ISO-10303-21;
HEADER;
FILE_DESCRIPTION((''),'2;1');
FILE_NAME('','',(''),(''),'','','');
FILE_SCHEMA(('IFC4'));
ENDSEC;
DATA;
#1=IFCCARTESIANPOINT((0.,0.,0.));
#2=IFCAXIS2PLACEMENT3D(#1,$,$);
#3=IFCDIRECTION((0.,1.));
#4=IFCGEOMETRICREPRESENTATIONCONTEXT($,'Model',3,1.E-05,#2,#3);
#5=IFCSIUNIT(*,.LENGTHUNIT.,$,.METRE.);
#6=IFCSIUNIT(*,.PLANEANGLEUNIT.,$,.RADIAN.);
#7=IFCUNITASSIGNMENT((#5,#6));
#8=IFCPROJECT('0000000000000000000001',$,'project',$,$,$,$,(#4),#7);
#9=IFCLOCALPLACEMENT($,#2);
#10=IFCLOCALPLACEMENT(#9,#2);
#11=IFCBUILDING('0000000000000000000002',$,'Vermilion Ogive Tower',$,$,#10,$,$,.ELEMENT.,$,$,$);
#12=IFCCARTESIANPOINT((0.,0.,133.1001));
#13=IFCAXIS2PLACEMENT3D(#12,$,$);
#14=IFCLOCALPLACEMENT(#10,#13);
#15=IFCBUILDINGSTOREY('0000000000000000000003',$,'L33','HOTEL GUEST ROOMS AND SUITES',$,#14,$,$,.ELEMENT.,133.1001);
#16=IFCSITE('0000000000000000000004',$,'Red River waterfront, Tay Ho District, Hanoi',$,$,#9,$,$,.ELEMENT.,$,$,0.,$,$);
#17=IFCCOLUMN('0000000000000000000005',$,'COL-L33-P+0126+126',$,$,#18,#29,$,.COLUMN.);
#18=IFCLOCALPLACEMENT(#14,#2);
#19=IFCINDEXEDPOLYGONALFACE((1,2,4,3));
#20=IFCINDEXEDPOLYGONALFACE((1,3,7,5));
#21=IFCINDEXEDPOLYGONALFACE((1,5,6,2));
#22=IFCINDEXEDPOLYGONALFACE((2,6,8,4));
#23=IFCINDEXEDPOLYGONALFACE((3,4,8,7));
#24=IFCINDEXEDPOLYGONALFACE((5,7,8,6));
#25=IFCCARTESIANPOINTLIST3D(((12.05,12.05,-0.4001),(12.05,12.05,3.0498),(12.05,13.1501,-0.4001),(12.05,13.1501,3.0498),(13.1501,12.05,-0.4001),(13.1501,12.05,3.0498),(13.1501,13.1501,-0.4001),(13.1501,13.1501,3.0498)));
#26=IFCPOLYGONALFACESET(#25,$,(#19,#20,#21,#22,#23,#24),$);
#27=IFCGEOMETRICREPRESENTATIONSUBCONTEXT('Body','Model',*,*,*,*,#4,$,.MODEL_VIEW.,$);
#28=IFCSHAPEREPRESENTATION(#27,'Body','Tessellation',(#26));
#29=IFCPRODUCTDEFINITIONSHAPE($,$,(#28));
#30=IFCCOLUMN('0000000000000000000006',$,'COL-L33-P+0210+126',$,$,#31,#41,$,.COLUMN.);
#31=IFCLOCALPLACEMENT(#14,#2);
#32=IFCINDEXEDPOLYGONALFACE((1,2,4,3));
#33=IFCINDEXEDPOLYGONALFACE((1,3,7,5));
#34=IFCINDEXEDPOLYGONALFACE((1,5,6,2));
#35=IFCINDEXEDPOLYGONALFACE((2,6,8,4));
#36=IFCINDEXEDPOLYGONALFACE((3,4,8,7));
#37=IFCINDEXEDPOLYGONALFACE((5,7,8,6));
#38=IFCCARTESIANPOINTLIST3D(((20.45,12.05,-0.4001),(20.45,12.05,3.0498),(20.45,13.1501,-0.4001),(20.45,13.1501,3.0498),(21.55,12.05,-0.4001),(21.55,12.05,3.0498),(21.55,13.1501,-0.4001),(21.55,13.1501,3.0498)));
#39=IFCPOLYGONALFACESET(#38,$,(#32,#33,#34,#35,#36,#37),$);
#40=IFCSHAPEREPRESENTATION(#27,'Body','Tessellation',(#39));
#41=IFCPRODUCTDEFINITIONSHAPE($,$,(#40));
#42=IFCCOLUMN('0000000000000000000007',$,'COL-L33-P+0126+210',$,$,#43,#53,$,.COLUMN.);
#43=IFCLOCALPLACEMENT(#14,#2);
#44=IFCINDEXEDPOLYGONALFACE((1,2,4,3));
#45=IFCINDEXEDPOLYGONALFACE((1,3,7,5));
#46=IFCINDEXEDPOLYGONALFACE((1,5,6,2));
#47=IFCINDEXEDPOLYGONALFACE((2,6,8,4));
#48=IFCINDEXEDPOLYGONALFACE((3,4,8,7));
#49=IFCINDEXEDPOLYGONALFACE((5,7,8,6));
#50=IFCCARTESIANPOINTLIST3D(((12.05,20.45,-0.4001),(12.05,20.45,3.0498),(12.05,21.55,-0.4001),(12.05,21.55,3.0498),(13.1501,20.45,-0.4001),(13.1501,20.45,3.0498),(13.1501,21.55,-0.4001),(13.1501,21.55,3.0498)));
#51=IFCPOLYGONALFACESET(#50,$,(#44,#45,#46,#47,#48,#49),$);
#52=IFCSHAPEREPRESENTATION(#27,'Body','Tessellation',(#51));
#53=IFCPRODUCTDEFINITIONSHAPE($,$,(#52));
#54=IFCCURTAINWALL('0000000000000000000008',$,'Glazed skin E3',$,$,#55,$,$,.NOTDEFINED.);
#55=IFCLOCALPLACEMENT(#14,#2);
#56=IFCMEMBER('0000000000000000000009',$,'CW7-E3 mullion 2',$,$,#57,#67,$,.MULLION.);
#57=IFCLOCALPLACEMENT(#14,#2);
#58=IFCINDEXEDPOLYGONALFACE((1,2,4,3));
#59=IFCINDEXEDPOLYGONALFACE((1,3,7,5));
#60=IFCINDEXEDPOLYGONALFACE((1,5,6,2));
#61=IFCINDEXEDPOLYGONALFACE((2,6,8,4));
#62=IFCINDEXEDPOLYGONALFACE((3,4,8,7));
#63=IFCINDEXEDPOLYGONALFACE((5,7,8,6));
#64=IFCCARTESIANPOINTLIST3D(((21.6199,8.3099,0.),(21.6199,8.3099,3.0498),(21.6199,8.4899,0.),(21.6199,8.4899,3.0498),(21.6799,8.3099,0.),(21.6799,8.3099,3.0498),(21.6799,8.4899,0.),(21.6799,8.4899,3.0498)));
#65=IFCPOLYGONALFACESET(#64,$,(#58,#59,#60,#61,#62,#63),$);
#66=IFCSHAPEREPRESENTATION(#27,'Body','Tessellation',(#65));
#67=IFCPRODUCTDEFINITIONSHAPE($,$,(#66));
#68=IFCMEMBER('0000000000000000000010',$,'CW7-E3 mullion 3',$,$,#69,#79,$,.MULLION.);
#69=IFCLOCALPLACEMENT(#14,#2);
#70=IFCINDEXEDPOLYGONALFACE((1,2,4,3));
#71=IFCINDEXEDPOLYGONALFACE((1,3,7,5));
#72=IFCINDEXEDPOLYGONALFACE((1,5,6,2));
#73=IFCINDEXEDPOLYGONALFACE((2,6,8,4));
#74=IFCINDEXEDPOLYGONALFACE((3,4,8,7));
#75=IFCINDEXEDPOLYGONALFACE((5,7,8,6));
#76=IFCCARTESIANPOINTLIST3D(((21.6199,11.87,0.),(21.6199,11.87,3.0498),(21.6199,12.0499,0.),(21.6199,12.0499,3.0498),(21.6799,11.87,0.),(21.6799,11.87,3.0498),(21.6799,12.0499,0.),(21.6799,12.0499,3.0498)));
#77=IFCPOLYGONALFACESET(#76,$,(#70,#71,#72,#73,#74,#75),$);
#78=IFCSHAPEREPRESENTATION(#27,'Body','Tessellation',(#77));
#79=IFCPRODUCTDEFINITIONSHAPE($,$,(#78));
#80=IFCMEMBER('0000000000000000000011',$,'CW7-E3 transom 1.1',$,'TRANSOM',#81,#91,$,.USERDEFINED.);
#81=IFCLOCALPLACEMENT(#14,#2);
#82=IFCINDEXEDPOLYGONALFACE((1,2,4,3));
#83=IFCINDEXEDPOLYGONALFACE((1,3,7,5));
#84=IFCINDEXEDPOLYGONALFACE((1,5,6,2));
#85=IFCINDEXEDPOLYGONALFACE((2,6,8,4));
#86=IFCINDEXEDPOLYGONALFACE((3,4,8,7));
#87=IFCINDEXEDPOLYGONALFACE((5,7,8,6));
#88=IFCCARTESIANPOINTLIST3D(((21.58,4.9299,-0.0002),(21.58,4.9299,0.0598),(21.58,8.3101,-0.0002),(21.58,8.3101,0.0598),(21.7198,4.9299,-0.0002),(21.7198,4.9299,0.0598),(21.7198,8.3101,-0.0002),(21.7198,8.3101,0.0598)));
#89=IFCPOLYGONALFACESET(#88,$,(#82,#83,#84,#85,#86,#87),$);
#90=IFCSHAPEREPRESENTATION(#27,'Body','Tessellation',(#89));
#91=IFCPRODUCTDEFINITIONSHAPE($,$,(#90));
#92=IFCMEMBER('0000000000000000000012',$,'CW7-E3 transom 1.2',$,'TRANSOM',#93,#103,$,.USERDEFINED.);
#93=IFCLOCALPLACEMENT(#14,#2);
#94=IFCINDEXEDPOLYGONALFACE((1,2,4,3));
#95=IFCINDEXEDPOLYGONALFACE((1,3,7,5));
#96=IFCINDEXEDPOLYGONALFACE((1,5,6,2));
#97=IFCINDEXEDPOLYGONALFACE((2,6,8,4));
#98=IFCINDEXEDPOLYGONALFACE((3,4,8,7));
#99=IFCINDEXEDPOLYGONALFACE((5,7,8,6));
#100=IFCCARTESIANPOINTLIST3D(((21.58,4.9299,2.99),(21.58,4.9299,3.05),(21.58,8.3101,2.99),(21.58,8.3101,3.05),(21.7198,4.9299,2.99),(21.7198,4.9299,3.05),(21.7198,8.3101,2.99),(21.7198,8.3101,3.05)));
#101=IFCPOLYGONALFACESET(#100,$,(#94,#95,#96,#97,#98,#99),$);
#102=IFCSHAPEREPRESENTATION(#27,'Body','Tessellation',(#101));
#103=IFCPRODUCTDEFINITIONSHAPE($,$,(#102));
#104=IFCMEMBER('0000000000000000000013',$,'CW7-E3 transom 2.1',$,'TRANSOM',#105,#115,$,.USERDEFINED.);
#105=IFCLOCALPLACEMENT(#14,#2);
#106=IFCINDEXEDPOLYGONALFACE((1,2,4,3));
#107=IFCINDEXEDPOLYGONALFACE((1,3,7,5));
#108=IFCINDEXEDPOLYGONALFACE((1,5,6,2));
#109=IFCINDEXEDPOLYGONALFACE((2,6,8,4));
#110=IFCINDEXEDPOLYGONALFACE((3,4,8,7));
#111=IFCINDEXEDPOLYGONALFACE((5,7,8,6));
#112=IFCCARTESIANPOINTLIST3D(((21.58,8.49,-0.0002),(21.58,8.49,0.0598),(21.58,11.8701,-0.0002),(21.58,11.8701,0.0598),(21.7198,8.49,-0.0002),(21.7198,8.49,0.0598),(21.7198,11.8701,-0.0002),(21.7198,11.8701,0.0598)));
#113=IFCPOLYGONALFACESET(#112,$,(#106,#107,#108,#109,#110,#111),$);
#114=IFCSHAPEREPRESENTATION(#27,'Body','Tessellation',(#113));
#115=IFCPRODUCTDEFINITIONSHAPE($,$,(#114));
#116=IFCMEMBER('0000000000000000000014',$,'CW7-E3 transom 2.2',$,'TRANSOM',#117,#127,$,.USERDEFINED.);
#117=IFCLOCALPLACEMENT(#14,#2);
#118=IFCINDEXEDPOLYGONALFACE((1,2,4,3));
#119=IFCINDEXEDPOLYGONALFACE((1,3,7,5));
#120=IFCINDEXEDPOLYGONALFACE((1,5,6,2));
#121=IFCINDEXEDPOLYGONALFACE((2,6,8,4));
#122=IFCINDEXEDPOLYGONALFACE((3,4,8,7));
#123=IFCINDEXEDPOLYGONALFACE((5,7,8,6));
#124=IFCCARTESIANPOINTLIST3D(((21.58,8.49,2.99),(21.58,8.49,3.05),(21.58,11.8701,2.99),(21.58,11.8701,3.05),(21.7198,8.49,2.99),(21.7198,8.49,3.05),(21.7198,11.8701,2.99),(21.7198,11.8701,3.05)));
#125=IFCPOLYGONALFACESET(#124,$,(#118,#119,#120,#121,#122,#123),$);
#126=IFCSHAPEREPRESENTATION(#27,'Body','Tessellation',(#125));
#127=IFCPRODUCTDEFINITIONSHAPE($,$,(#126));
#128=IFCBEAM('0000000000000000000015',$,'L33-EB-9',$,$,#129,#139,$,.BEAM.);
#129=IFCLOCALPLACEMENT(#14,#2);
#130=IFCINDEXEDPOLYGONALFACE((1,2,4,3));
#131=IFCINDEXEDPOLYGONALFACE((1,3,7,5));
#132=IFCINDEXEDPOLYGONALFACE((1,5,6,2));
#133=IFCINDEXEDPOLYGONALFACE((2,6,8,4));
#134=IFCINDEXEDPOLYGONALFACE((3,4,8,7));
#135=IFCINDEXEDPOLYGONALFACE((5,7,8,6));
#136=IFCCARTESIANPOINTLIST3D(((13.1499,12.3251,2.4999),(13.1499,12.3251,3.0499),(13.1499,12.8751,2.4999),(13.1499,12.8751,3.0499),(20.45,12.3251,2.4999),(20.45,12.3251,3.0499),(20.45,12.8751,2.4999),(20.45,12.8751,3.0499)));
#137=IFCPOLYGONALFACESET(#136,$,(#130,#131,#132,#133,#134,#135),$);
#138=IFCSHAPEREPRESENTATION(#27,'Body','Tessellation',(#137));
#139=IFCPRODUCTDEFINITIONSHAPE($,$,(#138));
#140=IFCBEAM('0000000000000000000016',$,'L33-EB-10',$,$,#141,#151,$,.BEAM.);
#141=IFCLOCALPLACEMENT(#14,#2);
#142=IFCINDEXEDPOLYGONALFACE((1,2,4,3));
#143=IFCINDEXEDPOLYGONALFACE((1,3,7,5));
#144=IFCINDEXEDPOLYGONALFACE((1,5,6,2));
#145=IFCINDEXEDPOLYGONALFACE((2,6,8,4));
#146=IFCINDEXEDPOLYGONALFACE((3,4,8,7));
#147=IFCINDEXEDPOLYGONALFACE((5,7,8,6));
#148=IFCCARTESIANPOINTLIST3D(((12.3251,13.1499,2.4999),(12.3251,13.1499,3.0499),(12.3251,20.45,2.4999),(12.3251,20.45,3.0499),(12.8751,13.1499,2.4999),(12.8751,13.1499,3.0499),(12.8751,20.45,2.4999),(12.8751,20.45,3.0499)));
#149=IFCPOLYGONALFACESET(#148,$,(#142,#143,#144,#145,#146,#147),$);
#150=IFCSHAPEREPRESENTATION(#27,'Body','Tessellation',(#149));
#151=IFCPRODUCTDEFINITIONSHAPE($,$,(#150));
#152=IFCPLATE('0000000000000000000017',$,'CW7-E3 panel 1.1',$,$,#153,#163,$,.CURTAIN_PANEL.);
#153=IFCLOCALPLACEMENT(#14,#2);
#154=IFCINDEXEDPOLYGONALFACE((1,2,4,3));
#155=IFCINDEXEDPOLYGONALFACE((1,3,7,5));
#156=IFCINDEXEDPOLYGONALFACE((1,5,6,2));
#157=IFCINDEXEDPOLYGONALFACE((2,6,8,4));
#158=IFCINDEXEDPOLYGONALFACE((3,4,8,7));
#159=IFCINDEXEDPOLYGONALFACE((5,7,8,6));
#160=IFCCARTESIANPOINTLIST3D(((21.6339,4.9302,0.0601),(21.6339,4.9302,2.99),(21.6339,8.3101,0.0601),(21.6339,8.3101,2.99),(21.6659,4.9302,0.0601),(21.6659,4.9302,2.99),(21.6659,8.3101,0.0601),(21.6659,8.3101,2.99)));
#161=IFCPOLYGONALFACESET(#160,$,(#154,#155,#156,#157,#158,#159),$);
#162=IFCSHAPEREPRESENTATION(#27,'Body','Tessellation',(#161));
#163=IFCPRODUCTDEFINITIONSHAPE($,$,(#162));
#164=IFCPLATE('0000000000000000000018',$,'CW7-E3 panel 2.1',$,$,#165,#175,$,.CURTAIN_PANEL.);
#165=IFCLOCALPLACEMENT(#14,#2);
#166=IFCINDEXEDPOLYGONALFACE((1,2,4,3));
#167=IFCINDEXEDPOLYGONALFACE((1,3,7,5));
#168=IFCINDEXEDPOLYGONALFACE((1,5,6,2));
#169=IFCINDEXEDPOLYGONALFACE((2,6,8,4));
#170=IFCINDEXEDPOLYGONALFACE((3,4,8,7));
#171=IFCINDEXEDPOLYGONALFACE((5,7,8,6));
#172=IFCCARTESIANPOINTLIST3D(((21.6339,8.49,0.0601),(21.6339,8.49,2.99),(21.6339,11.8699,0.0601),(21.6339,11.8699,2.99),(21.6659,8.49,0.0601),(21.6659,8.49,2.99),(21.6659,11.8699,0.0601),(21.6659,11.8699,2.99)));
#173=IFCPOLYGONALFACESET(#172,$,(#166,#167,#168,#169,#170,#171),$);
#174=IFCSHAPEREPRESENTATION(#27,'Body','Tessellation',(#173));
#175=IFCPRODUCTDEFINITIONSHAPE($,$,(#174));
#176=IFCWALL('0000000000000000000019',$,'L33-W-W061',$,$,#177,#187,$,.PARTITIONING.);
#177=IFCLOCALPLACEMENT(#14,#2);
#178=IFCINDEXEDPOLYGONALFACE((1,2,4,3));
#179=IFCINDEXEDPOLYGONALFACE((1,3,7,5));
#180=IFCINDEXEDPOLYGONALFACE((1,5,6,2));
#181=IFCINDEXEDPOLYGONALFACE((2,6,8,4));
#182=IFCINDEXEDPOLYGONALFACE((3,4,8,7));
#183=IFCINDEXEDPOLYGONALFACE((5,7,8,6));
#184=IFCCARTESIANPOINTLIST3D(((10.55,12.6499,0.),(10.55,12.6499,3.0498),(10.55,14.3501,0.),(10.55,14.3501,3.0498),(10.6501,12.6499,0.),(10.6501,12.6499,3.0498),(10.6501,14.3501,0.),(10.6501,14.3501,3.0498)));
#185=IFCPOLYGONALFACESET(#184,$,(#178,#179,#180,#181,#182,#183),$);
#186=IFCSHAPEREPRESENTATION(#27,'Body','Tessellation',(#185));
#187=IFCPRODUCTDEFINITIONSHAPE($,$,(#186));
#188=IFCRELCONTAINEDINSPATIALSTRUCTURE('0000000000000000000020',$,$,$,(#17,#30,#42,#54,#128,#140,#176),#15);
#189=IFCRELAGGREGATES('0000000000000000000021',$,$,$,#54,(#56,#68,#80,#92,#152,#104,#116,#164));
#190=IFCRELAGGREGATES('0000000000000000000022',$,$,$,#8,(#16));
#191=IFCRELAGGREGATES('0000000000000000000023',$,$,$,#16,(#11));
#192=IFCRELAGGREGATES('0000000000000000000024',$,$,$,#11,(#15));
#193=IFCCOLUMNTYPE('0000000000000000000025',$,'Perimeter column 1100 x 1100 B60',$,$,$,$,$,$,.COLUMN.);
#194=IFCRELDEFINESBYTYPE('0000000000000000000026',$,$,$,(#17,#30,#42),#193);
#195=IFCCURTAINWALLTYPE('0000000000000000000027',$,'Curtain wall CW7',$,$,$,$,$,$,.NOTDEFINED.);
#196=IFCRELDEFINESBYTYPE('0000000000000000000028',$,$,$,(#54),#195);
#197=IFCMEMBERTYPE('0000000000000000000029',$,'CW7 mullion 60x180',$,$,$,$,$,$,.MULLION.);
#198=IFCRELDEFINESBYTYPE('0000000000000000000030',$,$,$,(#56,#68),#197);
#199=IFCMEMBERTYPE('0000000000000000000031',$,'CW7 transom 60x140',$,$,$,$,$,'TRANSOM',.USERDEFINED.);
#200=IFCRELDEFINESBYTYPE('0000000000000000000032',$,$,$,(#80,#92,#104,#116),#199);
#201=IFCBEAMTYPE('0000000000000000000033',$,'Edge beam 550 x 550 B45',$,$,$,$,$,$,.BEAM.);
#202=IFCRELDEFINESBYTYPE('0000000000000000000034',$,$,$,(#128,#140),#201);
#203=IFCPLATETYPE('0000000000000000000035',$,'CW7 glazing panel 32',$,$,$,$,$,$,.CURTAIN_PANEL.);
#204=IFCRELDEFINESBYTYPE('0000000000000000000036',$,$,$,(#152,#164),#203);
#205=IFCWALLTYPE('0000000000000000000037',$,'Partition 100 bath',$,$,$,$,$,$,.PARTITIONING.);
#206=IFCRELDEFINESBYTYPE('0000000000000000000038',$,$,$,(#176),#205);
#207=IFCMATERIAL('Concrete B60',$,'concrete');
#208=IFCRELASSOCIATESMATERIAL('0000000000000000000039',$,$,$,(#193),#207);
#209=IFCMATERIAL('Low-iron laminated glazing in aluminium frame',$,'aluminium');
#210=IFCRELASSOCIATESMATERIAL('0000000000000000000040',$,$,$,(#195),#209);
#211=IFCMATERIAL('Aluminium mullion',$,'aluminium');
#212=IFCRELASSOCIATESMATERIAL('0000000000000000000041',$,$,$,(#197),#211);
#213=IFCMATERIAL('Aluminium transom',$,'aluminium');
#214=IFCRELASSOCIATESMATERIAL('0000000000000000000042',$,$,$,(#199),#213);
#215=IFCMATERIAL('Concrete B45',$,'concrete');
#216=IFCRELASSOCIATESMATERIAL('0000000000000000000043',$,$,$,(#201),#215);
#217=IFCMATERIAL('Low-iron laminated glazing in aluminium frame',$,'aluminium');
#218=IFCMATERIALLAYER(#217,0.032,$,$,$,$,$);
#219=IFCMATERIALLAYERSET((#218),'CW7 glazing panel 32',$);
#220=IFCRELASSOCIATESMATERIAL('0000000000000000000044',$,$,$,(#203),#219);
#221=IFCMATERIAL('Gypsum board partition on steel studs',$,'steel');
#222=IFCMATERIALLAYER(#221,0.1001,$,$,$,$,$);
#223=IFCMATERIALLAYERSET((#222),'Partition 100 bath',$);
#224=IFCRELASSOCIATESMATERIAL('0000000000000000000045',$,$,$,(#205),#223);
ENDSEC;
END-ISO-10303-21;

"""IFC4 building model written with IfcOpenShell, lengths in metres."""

from ifc_helpers import new_model, si_unit, direction, frame, frame_2d, origin, origin_2d, place, context, subcontext, project, spatial, rectangle, extrude, material, layer, layer_set, material_profile, profile_set, type_object, element, aggregate, save


model = new_model("IFC4")

# Units and contexts
model_context = context("Model", 3, precision=1e-05, world=origin(), true_north=direction((0.0, 1.0)))
body_context = subcontext(model_context, "Body", "Model", "MODEL_VIEW")
ifc_project = project(units=[si_unit("LENGTHUNIT", "METRE"), si_unit("PLANEANGLEUNIT", "RADIAN")], contexts=[model_context])

# Site, building, storey
site_placement = place(None, origin())
site = spatial("IfcSite", under=ifc_project, at=site_placement, Name="Red River waterfront, Tay Ho District, Hanoi", CompositionType="ELEMENT", RefElevation=0.0)
building_placement = place(site_placement, origin())
building = spatial("IfcBuilding", under=site, at=building_placement, Name="Vermilion Ogive Tower", CompositionType="ELEMENT")
storey_placement = place(building_placement, frame((0.0, 0.0, 133.1001)))
storey = spatial("IfcBuildingStorey", under=building, at=storey_placement, Name="L33", Description="HOTEL GUEST ROOMS AND SUITES", CompositionType="ELEMENT", Elevation=133.1001)

# Columns
ifc_material_1 = material(Name="Concrete B60", Category="concrete")
ifc_material_profile_1 = material_profile(ifc_material_1, rectangle(XDim=1.1001, YDim=1.1001, at=origin_2d()), Name="1100 x 1100")
ifc_profile_set_1 = profile_set([ifc_material_profile_1], Name="Concrete B60")
column_type = type_object("IfcColumnType", Name="Perimeter column 1100 x 1100 B60", PredefinedType="COLUMN", material=ifc_profile_set_1)
for number, where, z_axis, x_axis, name in (
    (1, (12.6001, 12.6001, -0.4001), (0.0, 0.0, 1.0), (1.0, 0.0, 0.0), "COL-L33-P+0126+126"),
    (2, (21.0, 12.6001, -0.4001), (0.0, 0.0, 1.0), (1.0, 0.0, 0.0), "COL-L33-P+0210+126"),
    (3, (12.6001, 21.0, -0.4001), (0.0, 0.0, 1.0), (1.0, 0.0, 0.0), "COL-L33-P+0126+210"),
):
    element("IfcColumn", number, at=place(storey_placement, frame(where, z_axis=z_axis, x_axis=x_axis)), inside=storey, type_object=column_type, Name=name, PredefinedType="COLUMN", context=body_context, shape_type="SweptSolid", body=[
        extrude(rectangle(XDim=1.1001, YDim=1.1001, at=origin_2d()), origin(), (0.0, 0.0, 1.0), 3.45),
    ])

# Curtain wall, members
ifc_material_2 = material(Name="Low-iron laminated glazing in aluminium frame", Category="aluminium")
curtain_wall_type = type_object("IfcCurtainWallType", Name="Curtain wall CW7", PredefinedType="NOTDEFINED", material=ifc_material_2)
curtain_wall_placement = place(storey_placement, origin())
curtain_wall = element("IfcCurtainWall", 4, at=curtain_wall_placement, inside=storey, type_object=curtain_wall_type, Name="Glazed skin E3", PredefinedType="NOTDEFINED")
ifc_material_3 = material(Name="Aluminium mullion", Category="aluminium")
ifc_material_profile_2 = material_profile(ifc_material_3, rectangle(XDim=0.0601, YDim=0.1799, at=origin_2d()), Name="AL 60x180")
ifc_profile_set_2 = profile_set([ifc_material_profile_2], Name="Aluminium mullion")
member_type_1 = type_object("IfcMemberType", Name="CW7 mullion 60x180", PredefinedType="MULLION", material=ifc_profile_set_2)
member_1_placement = place(storey_placement, frame((21.6499, 8.3999, 0.0), z_axis=(0.0, 0.0, 1.0), x_axis=(-1.0, 0.0, 0.0)))
member_1 = element("IfcMember", 5, at=member_1_placement, type_object=member_type_1, Name="CW7-E3 mullion 2", PredefinedType="MULLION", context=body_context, shape_type="SweptSolid", body=[
    extrude(rectangle(XDim=0.0601, YDim=0.1799, at=origin_2d()), origin(), (0.0, 0.0, 1.0), 3.0498),
])
member_2_placement = place(storey_placement, frame((21.6499, 11.96, 0.0), z_axis=(0.0, 0.0, 1.0), x_axis=(-1.0, 0.0, 0.0)))
member_2 = element("IfcMember", 6, at=member_2_placement, type_object=member_type_1, Name="CW7-E3 mullion 3", PredefinedType="MULLION", context=body_context, shape_type="SweptSolid", body=[
    extrude(rectangle(XDim=0.0601, YDim=0.1799, at=origin_2d()), origin(), (0.0, 0.0, 1.0), 3.0498),
])
ifc_material_4 = material(Name="Aluminium transom", Category="aluminium")
ifc_material_profile_3 = material_profile(ifc_material_4, rectangle(XDim=0.1399, YDim=0.0601, at=origin_2d()), Name="AL 60x140")
ifc_profile_set_3 = profile_set([ifc_material_profile_3], Name="Aluminium transom")
member_type_2 = type_object("IfcMemberType", Name="CW7 transom 60x140", ElementType="TRANSOM", PredefinedType="USERDEFINED", material=ifc_profile_set_3)
member_3_placement = place(storey_placement, frame((21.6499, 4.9299, 0.0298), z_axis=(0.0, 1.0, 0.0), x_axis=(-1.0, 0.0, 0.0)))
member_3 = element("IfcMember", 7, at=member_3_placement, type_object=member_type_2, Name="CW7-E3 transom 1.1", ObjectType="TRANSOM", PredefinedType="USERDEFINED", context=body_context, shape_type="SweptSolid", body=[
    extrude(rectangle(XDim=0.1399, YDim=0.0601, at=origin_2d()), origin(), (0.0, 0.0, 1.0), 3.3801),
])
member_4_placement = place(storey_placement, frame((21.6499, 4.9299, 3.02), z_axis=(0.0, 1.0, 0.0), x_axis=(-1.0, 0.0, 0.0)))
member_4 = element("IfcMember", 8, at=member_4_placement, type_object=member_type_2, Name="CW7-E3 transom 1.2", ObjectType="TRANSOM", PredefinedType="USERDEFINED", context=body_context, shape_type="SweptSolid", body=[
    extrude(rectangle(XDim=0.1399, YDim=0.0601, at=origin_2d()), origin(), (0.0, 0.0, 1.0), 3.3801),
])
member_5_placement = place(storey_placement, frame((21.6499, 8.49, 0.0298), z_axis=(0.0, 1.0, 0.0), x_axis=(-1.0, 0.0, 0.0)))
member_5 = element("IfcMember", 9, at=member_5_placement, type_object=member_type_2, Name="CW7-E3 transom 2.1", ObjectType="TRANSOM", PredefinedType="USERDEFINED", context=body_context, shape_type="SweptSolid", body=[
    extrude(rectangle(XDim=0.1399, YDim=0.0601, at=origin_2d()), origin(), (0.0, 0.0, 1.0), 3.3801),
])
member_6_placement = place(storey_placement, frame((21.6499, 8.49, 3.02), z_axis=(0.0, 1.0, 0.0), x_axis=(-1.0, 0.0, 0.0)))
member_6 = element("IfcMember", 10, at=member_6_placement, type_object=member_type_2, Name="CW7-E3 transom 2.2", ObjectType="TRANSOM", PredefinedType="USERDEFINED", context=body_context, shape_type="SweptSolid", body=[
    extrude(rectangle(XDim=0.1399, YDim=0.0601, at=origin_2d()), origin(), (0.0, 0.0, 1.0), 3.3801),
])

# Beams
ifc_material_5 = material(Name="Concrete B45", Category="concrete")
ifc_material_profile_4 = material_profile(ifc_material_5, rectangle(XDim=0.55, YDim=0.55, at=origin_2d()), Name="550 x 550")
ifc_profile_set_4 = profile_set([ifc_material_profile_4], Name="Concrete B45")
beam_type = type_object("IfcBeamType", Name="Edge beam 550 x 550 B45", PredefinedType="BEAM", material=ifc_profile_set_4)
for number, where, z_axis, x_axis, name in (
    (11, (20.45, 12.6001, 2.7749), (-1.0, 0.0, 0.0), (0.0, -1.0, 0.0), "L33-EB-9"),
    (12, (12.6001, 13.1499, 2.7749), (0.0, 1.0, 0.0), (-1.0, 0.0, 0.0), "L33-EB-10"),
):
    element("IfcBeam", number, at=place(storey_placement, frame(where, z_axis=z_axis, x_axis=x_axis)), inside=storey, type_object=beam_type, Name=name, PredefinedType="BEAM", context=body_context, shape_type="SweptSolid", body=[
        extrude(rectangle(XDim=0.55, YDim=0.55, at=origin_2d()), origin(), (0.0, 0.0, 1.0), 7.3),
    ])

# Plates
ifc_material_6 = material(Name="Low-iron laminated glazing in aluminium frame", Category="aluminium")
ifc_layer_1 = layer(ifc_material_6, 0.032)
ifc_layer_set_1 = layer_set([ifc_layer_1], Name="CW7 glazing panel 32")
plate_type = type_object("IfcPlateType", Name="CW7 glazing panel 32", PredefinedType="CURTAIN_PANEL", material=ifc_layer_set_1)
plate_1_placement = place(storey_placement, frame((21.6499, 6.6201, 0.0601), z_axis=(0.0, 0.0, 1.0), x_axis=(0.0, 1.0, 0.0)))
plate_1 = element("IfcPlate", 13, at=plate_1_placement, type_object=plate_type, Name="CW7-E3 panel 1.1", PredefinedType="CURTAIN_PANEL", context=body_context, shape_type="SweptSolid", body=[
    extrude(rectangle(XDim=3.3799, YDim=0.032, at=origin_2d()), origin(), (0.0, 0.0, 1.0), 2.9299),
])
plate_2_placement = place(storey_placement, frame((21.6499, 10.1799, 0.0601), z_axis=(0.0, 0.0, 1.0), x_axis=(0.0, 1.0, 0.0)))
plate_2 = element("IfcPlate", 14, at=plate_2_placement, type_object=plate_type, Name="CW7-E3 panel 2.1", PredefinedType="CURTAIN_PANEL", context=body_context, shape_type="SweptSolid", body=[
    extrude(rectangle(XDim=3.3799, YDim=0.032, at=origin_2d()), origin(), (0.0, 0.0, 1.0), 2.9299),
])
aggregate(curtain_wall, [member_1, member_2, member_3, member_4, plate_1, member_5, member_6, plate_2])

# Wall
ifc_material_7 = material(Name="Gypsum board partition on steel studs", Category="steel")
ifc_layer_2 = layer(ifc_material_7, 0.1001)
ifc_layer_set_2 = layer_set([ifc_layer_2], Name="Partition 100 bath")
wall_type_1 = type_object("IfcWallType", Name="Partition 100 bath", PredefinedType="PARTITIONING", material=ifc_layer_set_2)
wall_1_placement = place(storey_placement, frame((10.6001, 12.6499, 0.0), z_axis=(0.0, 0.0, 1.0), x_axis=(0.0, 1.0, 0.0)))
element("IfcWall", 15, at=wall_1_placement, inside=storey, type_object=wall_type_1, Name="L33-W-W061", PredefinedType="PARTITIONING", context=body_context, shape_type="SweptSolid", body=[
    extrude(rectangle(XDim=1.7002, YDim=0.1001, at=frame_2d((0.8501, 0.0))), origin(), (0.0, 0.0, 1.0), 3.0498),
])

save(model, "model.ifc")
